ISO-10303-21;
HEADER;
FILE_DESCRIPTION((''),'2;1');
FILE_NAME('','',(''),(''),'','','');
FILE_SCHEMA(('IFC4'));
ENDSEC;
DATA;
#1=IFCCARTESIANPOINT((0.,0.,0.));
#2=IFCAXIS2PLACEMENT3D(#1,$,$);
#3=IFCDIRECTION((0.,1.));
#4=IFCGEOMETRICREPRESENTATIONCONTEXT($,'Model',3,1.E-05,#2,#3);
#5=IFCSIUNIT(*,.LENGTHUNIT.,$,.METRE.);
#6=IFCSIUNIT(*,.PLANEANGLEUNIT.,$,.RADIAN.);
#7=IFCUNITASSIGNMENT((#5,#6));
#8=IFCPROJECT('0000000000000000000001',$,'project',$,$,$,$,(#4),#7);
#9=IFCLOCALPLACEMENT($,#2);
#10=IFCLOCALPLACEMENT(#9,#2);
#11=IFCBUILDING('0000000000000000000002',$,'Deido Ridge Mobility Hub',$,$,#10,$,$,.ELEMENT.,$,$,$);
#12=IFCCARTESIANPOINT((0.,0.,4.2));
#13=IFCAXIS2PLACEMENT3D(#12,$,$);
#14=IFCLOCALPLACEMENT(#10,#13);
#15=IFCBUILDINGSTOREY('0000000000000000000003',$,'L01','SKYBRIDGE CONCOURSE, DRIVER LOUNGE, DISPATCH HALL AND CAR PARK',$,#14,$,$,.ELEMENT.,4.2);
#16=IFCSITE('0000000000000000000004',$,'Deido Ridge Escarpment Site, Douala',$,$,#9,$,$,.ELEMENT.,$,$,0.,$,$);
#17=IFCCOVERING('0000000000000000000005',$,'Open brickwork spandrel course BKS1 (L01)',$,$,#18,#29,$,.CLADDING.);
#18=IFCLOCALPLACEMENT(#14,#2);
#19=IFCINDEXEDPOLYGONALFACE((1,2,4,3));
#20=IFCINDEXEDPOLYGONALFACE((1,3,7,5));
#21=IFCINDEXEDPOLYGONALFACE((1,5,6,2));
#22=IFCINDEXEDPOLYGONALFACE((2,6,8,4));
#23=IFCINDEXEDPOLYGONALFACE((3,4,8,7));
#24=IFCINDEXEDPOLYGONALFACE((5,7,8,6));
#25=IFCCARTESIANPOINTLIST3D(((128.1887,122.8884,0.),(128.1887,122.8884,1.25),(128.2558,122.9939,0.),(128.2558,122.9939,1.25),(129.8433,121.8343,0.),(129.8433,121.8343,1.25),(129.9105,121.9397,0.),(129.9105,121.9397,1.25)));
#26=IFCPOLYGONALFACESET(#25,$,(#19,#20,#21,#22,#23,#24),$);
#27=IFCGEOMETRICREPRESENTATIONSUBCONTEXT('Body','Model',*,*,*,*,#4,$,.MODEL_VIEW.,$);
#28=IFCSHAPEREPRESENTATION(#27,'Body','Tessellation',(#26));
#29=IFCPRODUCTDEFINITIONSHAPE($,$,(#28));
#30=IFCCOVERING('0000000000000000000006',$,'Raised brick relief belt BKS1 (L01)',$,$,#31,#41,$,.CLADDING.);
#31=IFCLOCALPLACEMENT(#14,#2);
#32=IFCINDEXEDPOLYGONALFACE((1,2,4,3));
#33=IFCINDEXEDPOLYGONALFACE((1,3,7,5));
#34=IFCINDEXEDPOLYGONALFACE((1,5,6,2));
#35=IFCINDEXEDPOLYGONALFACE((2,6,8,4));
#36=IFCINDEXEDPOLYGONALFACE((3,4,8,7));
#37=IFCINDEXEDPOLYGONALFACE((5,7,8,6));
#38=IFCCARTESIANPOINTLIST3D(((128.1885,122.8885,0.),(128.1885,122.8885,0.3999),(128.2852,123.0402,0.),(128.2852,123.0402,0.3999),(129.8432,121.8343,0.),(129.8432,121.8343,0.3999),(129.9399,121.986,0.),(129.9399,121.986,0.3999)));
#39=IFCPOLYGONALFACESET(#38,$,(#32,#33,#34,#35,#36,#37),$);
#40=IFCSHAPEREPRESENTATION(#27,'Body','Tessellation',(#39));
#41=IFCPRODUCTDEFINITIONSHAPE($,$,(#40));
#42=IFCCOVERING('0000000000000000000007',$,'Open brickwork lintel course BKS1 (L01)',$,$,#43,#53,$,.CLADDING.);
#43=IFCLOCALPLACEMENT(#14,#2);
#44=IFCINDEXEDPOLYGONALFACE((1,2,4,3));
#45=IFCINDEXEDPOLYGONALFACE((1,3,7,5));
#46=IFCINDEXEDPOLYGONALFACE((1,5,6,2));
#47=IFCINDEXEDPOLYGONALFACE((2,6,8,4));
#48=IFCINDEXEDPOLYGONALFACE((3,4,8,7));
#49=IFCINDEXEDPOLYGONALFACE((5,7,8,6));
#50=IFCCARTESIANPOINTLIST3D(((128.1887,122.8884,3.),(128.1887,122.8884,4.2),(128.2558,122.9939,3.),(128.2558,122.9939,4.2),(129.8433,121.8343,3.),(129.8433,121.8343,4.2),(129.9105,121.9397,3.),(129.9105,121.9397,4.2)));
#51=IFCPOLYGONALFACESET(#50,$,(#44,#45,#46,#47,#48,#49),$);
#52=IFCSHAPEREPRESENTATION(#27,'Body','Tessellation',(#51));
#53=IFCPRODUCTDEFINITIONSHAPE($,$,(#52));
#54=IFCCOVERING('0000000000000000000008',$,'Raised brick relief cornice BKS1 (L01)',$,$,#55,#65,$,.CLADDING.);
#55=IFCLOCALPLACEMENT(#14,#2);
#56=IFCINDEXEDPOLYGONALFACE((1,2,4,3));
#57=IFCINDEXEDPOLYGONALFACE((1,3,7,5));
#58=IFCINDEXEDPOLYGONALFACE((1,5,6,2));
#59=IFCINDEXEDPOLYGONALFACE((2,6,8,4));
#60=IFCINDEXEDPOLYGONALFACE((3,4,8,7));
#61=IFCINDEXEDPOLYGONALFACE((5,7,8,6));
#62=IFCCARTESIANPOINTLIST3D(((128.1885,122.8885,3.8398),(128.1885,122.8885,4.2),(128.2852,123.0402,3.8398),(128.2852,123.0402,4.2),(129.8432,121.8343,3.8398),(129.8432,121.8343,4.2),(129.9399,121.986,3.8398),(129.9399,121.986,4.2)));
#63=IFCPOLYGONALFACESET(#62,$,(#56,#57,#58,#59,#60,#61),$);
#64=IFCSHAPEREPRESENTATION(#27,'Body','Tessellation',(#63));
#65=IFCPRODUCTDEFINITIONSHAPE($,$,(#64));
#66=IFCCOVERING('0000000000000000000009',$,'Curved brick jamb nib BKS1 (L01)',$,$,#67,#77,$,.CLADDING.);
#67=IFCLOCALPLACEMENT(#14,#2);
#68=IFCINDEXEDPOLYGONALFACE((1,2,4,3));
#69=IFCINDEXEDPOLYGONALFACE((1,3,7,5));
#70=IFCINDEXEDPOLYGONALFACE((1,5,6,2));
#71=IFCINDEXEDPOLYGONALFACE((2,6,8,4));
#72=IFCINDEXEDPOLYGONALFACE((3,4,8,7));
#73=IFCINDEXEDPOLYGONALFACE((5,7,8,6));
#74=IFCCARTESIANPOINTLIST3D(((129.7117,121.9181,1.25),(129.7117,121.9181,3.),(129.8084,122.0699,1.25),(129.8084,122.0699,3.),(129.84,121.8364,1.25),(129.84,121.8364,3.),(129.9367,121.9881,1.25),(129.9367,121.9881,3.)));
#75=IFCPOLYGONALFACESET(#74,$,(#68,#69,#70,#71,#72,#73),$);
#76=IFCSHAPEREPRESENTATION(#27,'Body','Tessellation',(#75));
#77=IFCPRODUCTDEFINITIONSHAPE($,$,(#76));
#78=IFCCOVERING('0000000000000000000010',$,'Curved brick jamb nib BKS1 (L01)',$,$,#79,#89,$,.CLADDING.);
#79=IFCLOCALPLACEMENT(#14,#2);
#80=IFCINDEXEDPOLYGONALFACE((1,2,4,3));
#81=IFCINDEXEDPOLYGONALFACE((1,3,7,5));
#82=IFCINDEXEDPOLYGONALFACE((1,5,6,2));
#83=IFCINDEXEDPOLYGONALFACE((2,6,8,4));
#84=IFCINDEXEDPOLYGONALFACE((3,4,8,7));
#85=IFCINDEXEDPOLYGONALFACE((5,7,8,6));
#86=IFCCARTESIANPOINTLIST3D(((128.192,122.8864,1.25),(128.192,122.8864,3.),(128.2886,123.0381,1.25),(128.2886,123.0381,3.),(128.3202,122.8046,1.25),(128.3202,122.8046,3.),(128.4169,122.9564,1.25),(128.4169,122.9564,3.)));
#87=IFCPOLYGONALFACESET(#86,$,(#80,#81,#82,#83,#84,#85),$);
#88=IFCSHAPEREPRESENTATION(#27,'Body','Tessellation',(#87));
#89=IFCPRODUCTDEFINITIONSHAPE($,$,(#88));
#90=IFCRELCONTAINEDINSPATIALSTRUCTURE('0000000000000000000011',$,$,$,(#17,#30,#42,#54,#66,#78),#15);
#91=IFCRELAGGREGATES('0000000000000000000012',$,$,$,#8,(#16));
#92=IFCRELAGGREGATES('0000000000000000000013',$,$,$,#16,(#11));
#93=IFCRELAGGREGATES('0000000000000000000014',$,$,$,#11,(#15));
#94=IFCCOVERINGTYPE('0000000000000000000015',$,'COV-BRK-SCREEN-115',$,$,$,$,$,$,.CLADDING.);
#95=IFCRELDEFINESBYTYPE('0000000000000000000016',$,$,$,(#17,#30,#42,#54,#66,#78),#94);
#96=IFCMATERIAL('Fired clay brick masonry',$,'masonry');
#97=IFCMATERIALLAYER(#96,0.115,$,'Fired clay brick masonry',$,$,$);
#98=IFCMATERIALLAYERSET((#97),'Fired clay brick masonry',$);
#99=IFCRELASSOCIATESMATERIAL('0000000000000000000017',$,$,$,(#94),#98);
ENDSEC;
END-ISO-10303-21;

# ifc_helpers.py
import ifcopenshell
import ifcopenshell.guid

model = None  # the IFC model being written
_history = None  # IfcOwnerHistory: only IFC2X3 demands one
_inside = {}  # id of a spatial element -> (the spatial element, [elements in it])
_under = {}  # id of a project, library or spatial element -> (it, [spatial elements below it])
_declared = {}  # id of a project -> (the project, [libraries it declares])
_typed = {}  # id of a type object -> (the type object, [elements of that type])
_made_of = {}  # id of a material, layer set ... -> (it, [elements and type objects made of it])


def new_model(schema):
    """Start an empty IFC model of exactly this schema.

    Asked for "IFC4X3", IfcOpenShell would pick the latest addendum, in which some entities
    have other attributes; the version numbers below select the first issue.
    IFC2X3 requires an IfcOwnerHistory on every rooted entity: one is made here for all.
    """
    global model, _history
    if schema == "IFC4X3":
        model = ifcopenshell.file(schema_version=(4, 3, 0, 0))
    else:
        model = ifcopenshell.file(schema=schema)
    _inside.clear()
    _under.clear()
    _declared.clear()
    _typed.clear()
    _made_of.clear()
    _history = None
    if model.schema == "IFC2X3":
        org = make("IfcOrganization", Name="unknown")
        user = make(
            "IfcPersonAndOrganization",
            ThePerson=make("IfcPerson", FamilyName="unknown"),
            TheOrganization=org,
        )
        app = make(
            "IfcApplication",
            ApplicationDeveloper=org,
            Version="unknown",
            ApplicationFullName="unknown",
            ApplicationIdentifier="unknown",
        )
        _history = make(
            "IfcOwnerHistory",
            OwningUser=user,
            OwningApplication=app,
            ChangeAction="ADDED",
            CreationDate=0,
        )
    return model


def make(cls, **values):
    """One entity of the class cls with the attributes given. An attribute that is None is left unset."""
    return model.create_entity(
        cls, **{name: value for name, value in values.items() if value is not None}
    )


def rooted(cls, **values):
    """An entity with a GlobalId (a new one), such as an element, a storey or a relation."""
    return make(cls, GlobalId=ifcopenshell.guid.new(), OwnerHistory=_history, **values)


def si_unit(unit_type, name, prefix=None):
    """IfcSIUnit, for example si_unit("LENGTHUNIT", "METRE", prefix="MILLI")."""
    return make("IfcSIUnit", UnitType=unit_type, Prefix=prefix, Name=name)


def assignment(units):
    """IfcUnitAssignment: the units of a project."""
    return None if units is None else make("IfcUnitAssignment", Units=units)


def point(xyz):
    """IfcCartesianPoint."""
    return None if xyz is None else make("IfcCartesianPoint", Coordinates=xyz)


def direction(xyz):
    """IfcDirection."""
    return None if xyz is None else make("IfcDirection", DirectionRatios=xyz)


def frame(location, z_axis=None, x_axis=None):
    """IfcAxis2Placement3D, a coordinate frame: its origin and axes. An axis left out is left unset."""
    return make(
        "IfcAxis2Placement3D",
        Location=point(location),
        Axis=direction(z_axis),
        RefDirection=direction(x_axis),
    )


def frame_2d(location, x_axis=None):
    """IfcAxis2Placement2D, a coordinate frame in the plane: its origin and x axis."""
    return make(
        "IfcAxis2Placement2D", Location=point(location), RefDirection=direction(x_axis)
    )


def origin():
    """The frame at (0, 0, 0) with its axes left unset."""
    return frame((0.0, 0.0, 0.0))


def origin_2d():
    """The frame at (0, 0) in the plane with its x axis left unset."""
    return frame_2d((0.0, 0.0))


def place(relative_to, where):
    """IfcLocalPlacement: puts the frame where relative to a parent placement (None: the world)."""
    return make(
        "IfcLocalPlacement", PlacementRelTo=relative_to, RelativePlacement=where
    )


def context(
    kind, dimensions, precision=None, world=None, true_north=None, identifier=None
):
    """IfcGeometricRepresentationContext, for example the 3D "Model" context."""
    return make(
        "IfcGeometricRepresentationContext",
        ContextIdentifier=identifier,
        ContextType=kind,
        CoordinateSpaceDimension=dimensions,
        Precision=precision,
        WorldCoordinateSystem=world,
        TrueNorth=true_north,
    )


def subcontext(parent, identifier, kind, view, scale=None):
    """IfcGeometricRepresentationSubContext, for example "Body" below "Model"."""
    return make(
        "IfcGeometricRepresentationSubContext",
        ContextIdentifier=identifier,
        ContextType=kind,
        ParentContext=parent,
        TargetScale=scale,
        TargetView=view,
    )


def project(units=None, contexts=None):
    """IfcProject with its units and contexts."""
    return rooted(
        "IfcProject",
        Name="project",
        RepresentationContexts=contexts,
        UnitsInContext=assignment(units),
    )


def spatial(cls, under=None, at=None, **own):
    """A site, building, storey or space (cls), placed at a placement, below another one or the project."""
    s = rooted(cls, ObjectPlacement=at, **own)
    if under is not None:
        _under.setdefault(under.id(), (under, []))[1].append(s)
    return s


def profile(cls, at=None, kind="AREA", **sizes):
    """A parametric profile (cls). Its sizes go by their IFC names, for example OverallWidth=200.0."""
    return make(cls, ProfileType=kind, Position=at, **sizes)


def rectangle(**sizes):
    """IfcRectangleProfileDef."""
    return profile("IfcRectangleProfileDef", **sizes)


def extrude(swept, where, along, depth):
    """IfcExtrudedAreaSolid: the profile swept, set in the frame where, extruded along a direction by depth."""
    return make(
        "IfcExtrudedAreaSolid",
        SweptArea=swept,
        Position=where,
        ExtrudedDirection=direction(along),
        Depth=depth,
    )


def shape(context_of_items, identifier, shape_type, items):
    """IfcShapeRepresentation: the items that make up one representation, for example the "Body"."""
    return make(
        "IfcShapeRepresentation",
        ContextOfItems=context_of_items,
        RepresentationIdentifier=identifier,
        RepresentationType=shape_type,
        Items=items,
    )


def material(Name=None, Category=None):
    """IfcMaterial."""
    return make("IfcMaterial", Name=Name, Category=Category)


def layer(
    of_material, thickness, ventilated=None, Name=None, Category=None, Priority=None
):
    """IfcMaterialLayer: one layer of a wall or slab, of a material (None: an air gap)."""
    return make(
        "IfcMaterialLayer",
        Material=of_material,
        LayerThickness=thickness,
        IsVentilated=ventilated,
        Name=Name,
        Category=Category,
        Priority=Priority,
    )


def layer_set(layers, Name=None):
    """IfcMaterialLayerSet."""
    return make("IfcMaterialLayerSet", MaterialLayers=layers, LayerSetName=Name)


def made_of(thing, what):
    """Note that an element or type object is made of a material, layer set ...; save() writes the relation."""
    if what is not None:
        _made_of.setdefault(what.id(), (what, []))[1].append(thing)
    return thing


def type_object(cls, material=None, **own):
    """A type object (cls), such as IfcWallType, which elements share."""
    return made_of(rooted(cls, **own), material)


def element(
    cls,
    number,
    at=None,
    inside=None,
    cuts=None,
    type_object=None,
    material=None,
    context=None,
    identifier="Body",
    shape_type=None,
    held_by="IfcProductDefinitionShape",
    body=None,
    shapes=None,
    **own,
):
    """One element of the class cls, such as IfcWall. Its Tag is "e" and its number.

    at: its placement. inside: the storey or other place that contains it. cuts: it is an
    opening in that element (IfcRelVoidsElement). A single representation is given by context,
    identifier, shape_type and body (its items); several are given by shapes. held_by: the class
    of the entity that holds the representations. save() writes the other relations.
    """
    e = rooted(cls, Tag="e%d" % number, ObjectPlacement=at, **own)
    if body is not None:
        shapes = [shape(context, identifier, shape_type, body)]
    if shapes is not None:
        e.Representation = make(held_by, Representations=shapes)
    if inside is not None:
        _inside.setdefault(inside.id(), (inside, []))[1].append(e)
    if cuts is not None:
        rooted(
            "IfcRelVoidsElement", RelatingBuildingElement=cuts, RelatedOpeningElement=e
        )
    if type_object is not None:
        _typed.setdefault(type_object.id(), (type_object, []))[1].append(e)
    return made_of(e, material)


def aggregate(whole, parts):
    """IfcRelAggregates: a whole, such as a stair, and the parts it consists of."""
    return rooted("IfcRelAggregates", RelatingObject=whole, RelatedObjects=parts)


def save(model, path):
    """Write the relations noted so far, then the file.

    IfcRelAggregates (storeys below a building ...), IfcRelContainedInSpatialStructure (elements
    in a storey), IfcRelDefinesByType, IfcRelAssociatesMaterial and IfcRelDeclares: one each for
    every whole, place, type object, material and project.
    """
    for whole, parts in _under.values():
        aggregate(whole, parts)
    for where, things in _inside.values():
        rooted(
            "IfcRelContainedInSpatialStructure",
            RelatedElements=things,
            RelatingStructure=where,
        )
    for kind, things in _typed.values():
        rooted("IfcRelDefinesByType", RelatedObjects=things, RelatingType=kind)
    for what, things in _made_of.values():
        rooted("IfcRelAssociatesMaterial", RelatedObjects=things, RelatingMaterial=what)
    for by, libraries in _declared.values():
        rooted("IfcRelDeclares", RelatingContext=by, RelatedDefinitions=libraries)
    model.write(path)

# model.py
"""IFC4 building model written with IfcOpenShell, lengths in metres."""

from ifc_helpers import new_model, si_unit, direction, frame, origin, origin_2d, place, context, subcontext, project, spatial, rectangle, extrude, material, layer, layer_set, type_object, element, save


model = new_model("IFC4")

# Units and contexts
model_context = context("Model", 3, precision=1e-05, world=origin(), true_north=direction((0.0, 1.0)))
body_context = subcontext(model_context, "Body", "Model", "MODEL_VIEW")
ifc_project = project(units=[si_unit("LENGTHUNIT", "METRE"), si_unit("PLANEANGLEUNIT", "RADIAN")], contexts=[model_context])

# Site, building, storey
site_placement = place(None, origin())
site = spatial("IfcSite", under=ifc_project, at=site_placement, Name="Deido Ridge Escarpment Site, Douala", CompositionType="ELEMENT", RefElevation=0.0)
building_placement = place(site_placement, origin())
building = spatial("IfcBuilding", under=site, at=building_placement, Name="Deido Ridge Mobility Hub", CompositionType="ELEMENT")
storey_placement = place(building_placement, frame((0.0, 0.0, 4.2)))
storey = spatial("IfcBuildingStorey", under=building, at=storey_placement, Name="L01", Description="SKYBRIDGE CONCOURSE, DRIVER LOUNGE, DISPATCH HALL AND CAR PARK", CompositionType="ELEMENT", Elevation=4.2)

# Coverings
ifc_material_1 = material(Name="Fired clay brick masonry", Category="masonry")
ifc_layer = layer(ifc_material_1, 0.115, Name="Fired clay brick masonry")
ifc_layer_set = layer_set([ifc_layer], Name="Fired clay brick masonry")
covering_type = type_object("IfcCoveringType", Name="COV-BRK-SCREEN-115", PredefinedType="CLADDING", material=ifc_layer_set)
covering_1_placement = place(storey_placement, frame((129.0496, 122.4141, 0.0), z_axis=(0.0, 0.0, 1.0), x_axis=(-0.843382, 0.537314, 0.0)))
element("IfcCovering", 1, at=covering_1_placement, inside=storey, type_object=covering_type, Name="Open brickwork spandrel course BKS1 (L01)", PredefinedType="CLADDING", context=body_context, shape_type="SweptSolid", body=[
    extrude(rectangle(XDim=1.9619, YDim=0.125, at=origin_2d()), origin(), (0.0, 0.0, 1.0), 1.25),
])
covering_2_placement = place(storey_placement, frame((129.0642, 122.4373, 0.0), z_axis=(0.0, 0.0, 1.0), x_axis=(-0.843382, 0.537314, 0.0)))
element("IfcCovering", 2, at=covering_2_placement, inside=storey, type_object=covering_type, Name="Raised brick relief belt BKS1 (L01)", PredefinedType="CLADDING", context=body_context, shape_type="SweptSolid", body=[
    extrude(rectangle(XDim=1.9619, YDim=0.1799, at=origin_2d()), origin(), (0.0, 0.0, 1.0), 0.3999),
])
covering_3_placement = place(storey_placement, frame((129.0496, 122.4141, 3.0), z_axis=(0.0, 0.0, 1.0), x_axis=(-0.843382, 0.537314, 0.0)))
element("IfcCovering", 3, at=covering_3_placement, inside=storey, type_object=covering_type, Name="Open brickwork lintel course BKS1 (L01)", PredefinedType="CLADDING", context=body_context, shape_type="SweptSolid", body=[
    extrude(rectangle(XDim=1.9619, YDim=0.125, at=origin_2d()), origin(), (0.0, 0.0, 1.0), 1.2),
])
covering_4_placement = place(storey_placement, frame((129.0642, 122.4373, 3.8398), z_axis=(0.0, 0.0, 1.0), x_axis=(-0.843382, 0.537314, 0.0)))
element("IfcCovering", 4, at=covering_4_placement, inside=storey, type_object=covering_type, Name="Raised brick relief cornice BKS1 (L01)", PredefinedType="CLADDING", context=body_context, shape_type="SweptSolid", body=[
    extrude(rectangle(XDim=1.9619, YDim=0.1799, at=origin_2d()), origin(), (0.0, 0.0, 1.0), 0.3601),
])
for number, where, z_axis, x_axis, name in (
    (5, (129.8242, 121.9531, 1.25), (0.0, 0.0, 1.0), (-0.843382, 0.537314, 0.0), "Curved brick jamb nib BKS1 (L01)"),
    (6, (128.3044, 122.9214, 1.25), (0.0, 0.0, 1.0), (-0.843382, 0.537314, 0.0), "Curved brick jamb nib BKS1 (L01)"),
):
    element("IfcCovering", number, at=place(storey_placement, frame(where, z_axis=z_axis, x_axis=x_axis)), inside=storey, type_object=covering_type, Name=name, PredefinedType="CLADDING", context=body_context, shape_type="SweptSolid", body=[
        extrude(rectangle(XDim=0.1521, YDim=0.1799, at=origin_2d()), origin(), (0.0, 0.0, 1.0), 1.75),
    ])

save(model, "model.ifc")
